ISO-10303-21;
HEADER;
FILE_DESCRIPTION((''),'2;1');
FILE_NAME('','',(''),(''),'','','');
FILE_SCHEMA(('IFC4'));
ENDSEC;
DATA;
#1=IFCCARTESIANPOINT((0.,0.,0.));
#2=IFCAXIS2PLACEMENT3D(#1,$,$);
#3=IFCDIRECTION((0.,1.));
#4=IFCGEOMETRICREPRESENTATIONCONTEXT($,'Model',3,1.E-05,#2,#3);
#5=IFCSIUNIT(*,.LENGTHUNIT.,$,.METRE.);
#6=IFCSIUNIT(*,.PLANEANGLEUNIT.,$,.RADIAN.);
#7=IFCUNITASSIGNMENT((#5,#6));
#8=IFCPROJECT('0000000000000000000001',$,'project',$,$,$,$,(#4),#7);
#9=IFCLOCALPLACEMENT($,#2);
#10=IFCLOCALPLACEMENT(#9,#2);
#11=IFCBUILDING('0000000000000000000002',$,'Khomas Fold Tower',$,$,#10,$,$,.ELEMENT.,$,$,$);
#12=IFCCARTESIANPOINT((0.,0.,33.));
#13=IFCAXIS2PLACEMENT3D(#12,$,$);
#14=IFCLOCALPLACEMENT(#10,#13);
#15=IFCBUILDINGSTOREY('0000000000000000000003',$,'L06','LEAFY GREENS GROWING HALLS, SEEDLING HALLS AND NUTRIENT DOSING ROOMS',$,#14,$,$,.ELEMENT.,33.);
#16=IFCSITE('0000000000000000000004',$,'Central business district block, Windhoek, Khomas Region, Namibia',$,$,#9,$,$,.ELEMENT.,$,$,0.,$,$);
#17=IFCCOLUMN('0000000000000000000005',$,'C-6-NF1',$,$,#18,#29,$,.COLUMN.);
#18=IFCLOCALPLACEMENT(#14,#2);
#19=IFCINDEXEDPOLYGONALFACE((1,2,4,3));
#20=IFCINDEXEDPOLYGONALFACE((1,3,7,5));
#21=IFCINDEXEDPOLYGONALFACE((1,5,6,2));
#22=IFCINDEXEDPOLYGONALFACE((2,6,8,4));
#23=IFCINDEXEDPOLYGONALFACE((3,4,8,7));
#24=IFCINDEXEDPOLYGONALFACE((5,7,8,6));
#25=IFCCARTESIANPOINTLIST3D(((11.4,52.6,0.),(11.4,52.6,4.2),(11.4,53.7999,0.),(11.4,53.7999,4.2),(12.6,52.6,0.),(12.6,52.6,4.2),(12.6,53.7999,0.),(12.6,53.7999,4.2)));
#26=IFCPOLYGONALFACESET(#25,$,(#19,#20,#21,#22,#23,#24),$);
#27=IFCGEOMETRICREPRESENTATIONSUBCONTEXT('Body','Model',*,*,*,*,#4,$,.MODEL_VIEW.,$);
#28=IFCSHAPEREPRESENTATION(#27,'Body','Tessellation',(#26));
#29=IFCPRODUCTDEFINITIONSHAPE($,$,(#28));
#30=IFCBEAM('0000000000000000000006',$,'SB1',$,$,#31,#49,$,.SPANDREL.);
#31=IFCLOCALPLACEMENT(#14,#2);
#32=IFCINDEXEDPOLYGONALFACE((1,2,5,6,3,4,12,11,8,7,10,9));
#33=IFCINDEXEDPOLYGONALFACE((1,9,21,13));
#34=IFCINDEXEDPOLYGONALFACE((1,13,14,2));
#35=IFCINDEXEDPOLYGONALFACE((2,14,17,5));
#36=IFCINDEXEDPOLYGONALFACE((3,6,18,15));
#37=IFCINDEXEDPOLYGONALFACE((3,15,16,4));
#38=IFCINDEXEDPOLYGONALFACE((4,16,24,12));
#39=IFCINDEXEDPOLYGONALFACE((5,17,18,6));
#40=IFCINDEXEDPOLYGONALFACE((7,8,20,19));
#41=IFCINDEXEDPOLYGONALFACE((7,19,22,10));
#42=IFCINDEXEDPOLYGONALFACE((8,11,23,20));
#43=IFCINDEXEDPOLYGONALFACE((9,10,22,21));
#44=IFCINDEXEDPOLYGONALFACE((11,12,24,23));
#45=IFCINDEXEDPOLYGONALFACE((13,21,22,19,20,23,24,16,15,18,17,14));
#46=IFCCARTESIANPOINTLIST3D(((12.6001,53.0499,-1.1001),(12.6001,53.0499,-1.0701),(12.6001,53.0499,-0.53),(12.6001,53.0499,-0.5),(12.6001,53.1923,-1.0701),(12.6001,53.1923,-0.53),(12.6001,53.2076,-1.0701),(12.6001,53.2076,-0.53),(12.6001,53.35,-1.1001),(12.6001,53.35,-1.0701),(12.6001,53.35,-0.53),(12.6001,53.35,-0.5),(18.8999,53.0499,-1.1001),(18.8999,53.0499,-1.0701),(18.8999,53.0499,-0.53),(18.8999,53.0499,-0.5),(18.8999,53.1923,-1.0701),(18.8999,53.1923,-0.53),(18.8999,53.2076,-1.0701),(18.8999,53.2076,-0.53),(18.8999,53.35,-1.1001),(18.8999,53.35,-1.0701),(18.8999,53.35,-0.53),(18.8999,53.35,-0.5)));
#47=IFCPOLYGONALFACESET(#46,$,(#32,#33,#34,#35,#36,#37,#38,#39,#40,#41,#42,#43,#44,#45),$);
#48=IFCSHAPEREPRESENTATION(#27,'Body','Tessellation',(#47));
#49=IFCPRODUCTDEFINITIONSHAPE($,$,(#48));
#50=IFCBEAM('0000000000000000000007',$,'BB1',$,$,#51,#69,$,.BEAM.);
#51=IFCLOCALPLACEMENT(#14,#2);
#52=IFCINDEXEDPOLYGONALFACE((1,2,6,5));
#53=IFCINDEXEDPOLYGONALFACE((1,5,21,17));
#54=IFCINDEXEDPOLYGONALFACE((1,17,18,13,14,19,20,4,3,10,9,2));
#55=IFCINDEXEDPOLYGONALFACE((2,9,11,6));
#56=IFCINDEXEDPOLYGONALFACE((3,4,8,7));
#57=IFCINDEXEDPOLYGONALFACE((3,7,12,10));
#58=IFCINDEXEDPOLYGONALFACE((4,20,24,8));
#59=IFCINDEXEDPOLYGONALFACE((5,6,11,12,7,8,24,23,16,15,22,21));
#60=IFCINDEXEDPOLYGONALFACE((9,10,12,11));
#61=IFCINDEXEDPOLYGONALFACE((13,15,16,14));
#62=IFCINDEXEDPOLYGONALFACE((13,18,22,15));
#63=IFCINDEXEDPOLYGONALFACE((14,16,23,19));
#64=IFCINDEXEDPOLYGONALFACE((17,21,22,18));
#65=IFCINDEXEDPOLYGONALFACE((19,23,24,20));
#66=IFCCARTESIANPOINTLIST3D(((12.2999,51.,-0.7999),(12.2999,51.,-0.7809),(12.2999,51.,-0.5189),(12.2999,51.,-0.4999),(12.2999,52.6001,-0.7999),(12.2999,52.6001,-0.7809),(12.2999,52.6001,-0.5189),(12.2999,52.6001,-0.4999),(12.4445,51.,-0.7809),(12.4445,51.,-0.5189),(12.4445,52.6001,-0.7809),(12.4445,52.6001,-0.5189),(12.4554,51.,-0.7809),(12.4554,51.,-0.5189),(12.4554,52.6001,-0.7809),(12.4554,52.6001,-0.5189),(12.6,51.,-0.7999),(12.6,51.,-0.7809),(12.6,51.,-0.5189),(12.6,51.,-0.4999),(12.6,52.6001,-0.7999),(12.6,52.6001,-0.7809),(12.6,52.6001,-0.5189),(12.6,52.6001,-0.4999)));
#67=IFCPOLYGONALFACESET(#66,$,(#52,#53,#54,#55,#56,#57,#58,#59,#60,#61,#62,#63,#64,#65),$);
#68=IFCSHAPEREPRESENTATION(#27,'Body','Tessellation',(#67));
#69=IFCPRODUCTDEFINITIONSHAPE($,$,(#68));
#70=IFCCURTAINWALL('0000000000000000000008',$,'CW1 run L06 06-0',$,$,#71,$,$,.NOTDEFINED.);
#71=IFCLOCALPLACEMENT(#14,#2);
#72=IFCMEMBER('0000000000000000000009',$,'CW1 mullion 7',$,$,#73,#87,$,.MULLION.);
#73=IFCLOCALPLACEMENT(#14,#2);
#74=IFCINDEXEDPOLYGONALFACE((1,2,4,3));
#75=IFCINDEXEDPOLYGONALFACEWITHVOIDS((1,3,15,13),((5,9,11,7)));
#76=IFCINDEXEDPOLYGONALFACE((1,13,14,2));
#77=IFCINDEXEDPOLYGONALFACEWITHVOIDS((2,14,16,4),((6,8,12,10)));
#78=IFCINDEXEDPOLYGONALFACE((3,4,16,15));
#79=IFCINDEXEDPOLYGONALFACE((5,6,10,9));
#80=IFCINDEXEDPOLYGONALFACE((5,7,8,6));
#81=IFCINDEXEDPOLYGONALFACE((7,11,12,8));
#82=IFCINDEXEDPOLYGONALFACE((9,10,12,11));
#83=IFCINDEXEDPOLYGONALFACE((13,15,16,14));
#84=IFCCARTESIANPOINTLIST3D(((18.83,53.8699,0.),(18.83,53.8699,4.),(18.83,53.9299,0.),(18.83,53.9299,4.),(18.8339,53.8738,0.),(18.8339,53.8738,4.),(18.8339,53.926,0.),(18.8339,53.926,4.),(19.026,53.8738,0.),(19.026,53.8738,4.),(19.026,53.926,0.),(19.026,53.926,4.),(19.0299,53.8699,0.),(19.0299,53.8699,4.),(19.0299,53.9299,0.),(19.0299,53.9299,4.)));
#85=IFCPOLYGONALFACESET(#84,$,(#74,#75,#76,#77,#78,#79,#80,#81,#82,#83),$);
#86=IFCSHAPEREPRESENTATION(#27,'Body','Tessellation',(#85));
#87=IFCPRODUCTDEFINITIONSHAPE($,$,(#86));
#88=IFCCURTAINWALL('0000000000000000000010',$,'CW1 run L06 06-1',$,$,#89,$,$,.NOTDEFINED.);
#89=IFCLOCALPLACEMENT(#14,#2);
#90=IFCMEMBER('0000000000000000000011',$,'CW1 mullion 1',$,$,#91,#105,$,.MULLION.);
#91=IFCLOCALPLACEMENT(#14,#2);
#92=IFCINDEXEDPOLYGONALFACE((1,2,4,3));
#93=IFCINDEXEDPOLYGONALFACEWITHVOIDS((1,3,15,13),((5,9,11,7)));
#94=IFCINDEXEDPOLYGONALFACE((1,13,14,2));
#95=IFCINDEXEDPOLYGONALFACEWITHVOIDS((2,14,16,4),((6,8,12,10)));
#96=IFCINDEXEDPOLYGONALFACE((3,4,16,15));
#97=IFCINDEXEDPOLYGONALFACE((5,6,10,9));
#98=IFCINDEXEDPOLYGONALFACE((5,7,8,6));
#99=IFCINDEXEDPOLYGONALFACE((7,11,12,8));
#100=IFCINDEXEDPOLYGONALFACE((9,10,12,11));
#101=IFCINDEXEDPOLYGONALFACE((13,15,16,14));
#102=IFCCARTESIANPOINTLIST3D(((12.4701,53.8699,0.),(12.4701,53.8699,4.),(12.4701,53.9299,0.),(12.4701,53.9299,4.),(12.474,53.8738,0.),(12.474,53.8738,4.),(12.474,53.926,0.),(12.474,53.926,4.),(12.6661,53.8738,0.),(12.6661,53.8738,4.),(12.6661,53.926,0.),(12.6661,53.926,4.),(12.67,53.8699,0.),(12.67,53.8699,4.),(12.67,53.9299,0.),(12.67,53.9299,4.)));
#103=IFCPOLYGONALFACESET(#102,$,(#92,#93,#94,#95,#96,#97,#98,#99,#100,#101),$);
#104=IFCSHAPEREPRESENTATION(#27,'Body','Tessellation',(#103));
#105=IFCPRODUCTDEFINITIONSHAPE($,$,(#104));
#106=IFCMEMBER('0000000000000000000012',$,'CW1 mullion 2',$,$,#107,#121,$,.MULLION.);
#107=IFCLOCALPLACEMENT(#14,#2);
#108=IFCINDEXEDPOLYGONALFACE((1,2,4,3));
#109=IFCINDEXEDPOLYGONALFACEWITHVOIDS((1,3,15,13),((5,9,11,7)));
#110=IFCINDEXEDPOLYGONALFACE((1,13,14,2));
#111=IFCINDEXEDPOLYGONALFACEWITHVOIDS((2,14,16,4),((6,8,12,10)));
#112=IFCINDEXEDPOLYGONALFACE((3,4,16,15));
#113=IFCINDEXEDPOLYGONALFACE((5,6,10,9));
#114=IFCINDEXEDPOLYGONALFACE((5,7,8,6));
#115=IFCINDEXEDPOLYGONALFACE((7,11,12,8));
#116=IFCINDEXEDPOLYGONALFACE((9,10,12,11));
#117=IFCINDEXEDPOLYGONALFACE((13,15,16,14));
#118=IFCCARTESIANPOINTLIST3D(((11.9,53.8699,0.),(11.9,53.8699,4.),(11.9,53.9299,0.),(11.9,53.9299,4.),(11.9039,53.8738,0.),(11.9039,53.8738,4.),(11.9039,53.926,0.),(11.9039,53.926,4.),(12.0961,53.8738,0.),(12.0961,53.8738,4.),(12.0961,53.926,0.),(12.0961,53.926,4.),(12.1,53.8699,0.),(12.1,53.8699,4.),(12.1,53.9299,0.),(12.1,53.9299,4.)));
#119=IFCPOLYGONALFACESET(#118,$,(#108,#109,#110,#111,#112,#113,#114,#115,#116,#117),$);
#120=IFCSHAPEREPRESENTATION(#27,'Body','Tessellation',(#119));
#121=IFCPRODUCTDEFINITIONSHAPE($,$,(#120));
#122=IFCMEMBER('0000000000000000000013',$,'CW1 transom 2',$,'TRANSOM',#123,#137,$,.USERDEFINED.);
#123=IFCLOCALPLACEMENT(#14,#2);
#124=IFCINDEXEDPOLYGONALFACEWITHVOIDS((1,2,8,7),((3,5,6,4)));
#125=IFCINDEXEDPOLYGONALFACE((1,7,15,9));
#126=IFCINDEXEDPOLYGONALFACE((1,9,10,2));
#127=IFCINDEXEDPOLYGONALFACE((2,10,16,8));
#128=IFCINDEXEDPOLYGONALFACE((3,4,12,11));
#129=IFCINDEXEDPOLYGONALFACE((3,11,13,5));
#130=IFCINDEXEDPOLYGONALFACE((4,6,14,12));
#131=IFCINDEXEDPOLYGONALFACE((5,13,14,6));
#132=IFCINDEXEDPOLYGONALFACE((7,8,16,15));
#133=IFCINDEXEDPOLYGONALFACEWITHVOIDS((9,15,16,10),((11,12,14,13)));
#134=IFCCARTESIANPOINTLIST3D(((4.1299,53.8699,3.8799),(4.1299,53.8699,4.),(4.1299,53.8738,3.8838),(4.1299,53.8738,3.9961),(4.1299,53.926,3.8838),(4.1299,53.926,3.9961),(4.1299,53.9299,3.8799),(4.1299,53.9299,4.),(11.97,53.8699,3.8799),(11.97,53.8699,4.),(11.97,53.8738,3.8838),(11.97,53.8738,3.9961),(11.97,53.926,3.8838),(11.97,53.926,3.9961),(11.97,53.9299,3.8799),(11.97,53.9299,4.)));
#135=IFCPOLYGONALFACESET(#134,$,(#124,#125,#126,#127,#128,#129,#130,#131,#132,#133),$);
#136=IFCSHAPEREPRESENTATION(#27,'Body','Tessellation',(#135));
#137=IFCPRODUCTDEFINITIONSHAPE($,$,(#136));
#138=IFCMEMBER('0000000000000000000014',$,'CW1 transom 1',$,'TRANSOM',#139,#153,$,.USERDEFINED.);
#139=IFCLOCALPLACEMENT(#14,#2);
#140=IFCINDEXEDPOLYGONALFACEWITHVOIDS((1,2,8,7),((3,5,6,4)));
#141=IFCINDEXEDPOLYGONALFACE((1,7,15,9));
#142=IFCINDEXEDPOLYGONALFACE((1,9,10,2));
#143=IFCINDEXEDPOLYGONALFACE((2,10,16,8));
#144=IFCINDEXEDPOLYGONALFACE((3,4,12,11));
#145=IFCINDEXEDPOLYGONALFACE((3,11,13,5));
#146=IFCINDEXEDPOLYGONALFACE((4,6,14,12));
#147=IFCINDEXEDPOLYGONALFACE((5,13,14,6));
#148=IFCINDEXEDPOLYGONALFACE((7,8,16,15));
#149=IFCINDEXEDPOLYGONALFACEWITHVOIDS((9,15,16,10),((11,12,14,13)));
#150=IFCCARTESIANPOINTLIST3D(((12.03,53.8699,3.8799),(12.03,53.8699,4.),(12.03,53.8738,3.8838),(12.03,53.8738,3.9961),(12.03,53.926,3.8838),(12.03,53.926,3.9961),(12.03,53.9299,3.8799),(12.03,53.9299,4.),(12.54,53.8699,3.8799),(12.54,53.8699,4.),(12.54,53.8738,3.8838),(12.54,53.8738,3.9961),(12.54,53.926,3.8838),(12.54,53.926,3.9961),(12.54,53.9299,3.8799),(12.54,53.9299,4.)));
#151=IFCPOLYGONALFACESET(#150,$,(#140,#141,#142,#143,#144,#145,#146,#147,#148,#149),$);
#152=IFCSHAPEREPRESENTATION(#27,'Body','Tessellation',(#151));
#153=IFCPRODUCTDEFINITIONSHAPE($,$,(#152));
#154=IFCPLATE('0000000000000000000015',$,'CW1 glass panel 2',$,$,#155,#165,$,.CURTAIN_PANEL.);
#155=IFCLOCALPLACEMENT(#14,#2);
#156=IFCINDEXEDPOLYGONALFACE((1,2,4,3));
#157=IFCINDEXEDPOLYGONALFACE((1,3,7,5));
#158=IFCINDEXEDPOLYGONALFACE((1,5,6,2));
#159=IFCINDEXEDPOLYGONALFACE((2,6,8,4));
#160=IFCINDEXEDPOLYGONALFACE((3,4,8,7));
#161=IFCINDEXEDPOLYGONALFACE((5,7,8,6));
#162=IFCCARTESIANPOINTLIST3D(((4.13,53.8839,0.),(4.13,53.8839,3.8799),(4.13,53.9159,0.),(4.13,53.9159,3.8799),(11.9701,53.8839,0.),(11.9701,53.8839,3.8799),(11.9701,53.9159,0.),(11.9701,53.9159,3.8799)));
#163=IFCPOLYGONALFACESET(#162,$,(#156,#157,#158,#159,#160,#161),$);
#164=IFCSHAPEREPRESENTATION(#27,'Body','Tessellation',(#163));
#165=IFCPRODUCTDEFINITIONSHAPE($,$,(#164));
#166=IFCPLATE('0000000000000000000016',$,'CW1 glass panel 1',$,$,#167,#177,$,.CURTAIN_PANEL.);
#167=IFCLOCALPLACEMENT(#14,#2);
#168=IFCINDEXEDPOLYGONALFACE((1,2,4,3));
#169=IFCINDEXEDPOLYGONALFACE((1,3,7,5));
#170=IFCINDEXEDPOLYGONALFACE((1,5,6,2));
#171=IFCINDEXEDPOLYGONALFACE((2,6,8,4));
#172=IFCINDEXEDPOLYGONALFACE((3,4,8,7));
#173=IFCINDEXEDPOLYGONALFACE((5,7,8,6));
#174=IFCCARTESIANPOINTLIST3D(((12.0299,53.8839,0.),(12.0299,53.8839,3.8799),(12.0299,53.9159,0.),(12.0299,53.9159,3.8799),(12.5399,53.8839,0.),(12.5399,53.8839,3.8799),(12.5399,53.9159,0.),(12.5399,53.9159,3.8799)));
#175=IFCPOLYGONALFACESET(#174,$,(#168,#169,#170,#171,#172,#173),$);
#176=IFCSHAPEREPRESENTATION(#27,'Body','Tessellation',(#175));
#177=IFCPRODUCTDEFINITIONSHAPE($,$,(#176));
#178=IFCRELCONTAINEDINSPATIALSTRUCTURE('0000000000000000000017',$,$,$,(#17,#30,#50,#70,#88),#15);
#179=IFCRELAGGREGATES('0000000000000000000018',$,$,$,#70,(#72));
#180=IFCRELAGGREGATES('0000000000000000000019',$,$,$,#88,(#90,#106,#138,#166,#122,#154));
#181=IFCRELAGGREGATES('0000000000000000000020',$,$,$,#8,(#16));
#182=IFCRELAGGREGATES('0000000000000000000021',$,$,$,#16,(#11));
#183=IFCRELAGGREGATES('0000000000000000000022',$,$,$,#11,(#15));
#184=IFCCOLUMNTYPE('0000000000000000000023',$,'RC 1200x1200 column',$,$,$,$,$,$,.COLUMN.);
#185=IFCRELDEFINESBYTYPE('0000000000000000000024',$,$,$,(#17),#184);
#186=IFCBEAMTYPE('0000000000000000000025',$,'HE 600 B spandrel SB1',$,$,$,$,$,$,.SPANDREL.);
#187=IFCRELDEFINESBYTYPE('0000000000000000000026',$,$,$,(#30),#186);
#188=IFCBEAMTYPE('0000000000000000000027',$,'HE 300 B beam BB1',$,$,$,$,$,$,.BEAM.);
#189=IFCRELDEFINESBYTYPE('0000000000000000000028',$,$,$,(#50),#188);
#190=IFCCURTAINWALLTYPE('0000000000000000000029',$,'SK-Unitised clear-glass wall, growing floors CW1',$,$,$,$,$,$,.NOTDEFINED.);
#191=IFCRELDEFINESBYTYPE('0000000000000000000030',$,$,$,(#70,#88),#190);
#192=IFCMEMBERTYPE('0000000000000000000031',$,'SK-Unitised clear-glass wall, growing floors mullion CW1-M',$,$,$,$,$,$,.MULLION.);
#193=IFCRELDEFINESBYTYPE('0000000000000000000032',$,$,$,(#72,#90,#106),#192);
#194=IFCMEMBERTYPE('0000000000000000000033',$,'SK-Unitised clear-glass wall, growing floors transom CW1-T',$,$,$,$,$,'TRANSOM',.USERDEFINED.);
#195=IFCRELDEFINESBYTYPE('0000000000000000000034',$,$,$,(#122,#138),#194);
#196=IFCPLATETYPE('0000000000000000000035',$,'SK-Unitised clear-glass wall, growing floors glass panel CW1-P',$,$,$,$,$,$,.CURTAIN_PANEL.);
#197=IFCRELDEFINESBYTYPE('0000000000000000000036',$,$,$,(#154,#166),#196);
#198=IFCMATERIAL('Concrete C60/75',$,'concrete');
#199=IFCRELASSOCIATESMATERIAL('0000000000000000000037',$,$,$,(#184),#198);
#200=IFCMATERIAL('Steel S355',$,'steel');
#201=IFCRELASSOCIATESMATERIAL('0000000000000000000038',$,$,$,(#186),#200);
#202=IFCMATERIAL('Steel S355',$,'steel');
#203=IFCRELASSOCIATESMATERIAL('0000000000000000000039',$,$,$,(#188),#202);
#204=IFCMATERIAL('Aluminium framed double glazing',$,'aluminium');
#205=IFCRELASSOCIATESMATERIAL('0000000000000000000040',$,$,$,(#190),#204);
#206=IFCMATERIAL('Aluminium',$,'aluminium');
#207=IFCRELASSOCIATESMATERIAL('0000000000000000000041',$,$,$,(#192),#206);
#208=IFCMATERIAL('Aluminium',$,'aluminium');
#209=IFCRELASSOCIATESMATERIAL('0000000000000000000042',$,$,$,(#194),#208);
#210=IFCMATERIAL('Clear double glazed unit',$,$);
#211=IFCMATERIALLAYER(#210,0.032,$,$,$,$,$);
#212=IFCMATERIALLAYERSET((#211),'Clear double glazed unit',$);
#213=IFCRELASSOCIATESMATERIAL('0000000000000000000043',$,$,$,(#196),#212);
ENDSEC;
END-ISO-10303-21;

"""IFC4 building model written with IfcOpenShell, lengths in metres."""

from ifc_helpers import new_model, si_unit, direction, frame, origin, origin_2d, place, context, subcontext, project, spatial, rectangle, hollow_rectangle, i_section, extrude, source, transform, mapped, material, layer, layer_set, material_profile, profile_set, type_object, element, aggregate, save


model = new_model("IFC4")

# Units and contexts
model_context = context("Model", 3, precision=1e-05, world=origin(), true_north=direction((0.0, 1.0)))
body_context = subcontext(model_context, "Body", "Model", "MODEL_VIEW")
ifc_project = project(units=[si_unit("LENGTHUNIT", "METRE"), si_unit("PLANEANGLEUNIT", "RADIAN")], contexts=[model_context])

# Site, building, storey
site_placement = place(None, origin())
site = spatial("IfcSite", under=ifc_project, at=site_placement, Name="Central business district block, Windhoek, Khomas Region, Namibia", CompositionType="ELEMENT", RefElevation=0.0)
building_placement = place(site_placement, origin())
building = spatial("IfcBuilding", under=site, at=building_placement, Name="Khomas Fold Tower", CompositionType="ELEMENT")
storey_placement = place(building_placement, frame((0.0, 0.0, 33.0)))
storey = spatial("IfcBuildingStorey", under=building, at=storey_placement, Name="L06", Description="LEAFY GREENS GROWING HALLS, SEEDLING HALLS AND NUTRIENT DOSING ROOMS", CompositionType="ELEMENT", Elevation=33.0)

# Column
ifc_material_1 = material(Name="Concrete C60/75", Category="concrete")
ifc_material_profile_1 = material_profile(ifc_material_1, rectangle(XDim=1.2, YDim=1.2, at=origin_2d()), Name="RC 1200x1200")
ifc_profile_set_1 = profile_set([ifc_material_profile_1], Name="Concrete C60/75")
column_type = type_object("IfcColumnType", Name="RC 1200x1200 column", PredefinedType="COLUMN", material=ifc_profile_set_1)
shared_shape_1 = source(origin(), body_context, "Body", "SweptSolid", [
    extrude(rectangle(XDim=1.2, YDim=1.2, at=origin_2d()), origin(), (0.0, 0.0, 1.0), 4.2),
])
column_placement = place(storey_placement, frame((12.0, 53.2, 0.0), z_axis=(0.0, 0.0, 1.0), x_axis=(1.0, 0.0, 0.0)))
element("IfcColumn", 1, at=column_placement, inside=storey, type_object=column_type, Name="C-6-NF1", PredefinedType="COLUMN", context=body_context, shape_type="MappedRepresentation", body=[
    mapped(shared_shape_1, transform((0.0, 0.0, 0.0))),
])

# Beams
ifc_material_2 = material(Name="Steel S355", Category="steel")
ifc_material_profile_2 = material_profile(ifc_material_2, i_section(OverallWidth=0.3, OverallDepth=0.6001, WebThickness=0.0154, FlangeThickness=0.03, at=origin_2d()), Name="HE 600 B")
ifc_profile_set_2 = profile_set([ifc_material_profile_2], Name="Steel S355")
beam_type_1 = type_object("IfcBeamType", Name="HE 600 B spandrel SB1", PredefinedType="SPANDREL", material=ifc_profile_set_2)
shared_shape_2 = source(origin(), body_context, "Body", "SweptSolid", [
    extrude(i_section(OverallWidth=0.3, OverallDepth=0.6001, WebThickness=0.0154, FlangeThickness=0.03, at=origin_2d()), origin(), (0.0, 0.0, 1.0), 6.2998),
])
beam_1_placement = place(storey_placement, frame((12.6001, 53.2, -0.8), z_axis=(1.0, 0.0, 0.0), x_axis=(0.0, 1.0, 0.0)))
element("IfcBeam", 2, at=beam_1_placement, inside=storey, type_object=beam_type_1, Name="SB1", PredefinedType="SPANDREL", context=body_context, shape_type="MappedRepresentation", body=[
    mapped(shared_shape_2, transform((0.0, 0.0, 0.0))),
])
ifc_material_3 = material(Name="Steel S355", Category="steel")
ifc_material_profile_3 = material_profile(ifc_material_3, i_section(OverallWidth=0.3, OverallDepth=0.3, WebThickness=0.011, FlangeThickness=0.019, at=origin_2d()), Name="HE 300 B")
ifc_profile_set_3 = profile_set([ifc_material_profile_3], Name="Steel S355")
beam_type_2 = type_object("IfcBeamType", Name="HE 300 B beam BB1", PredefinedType="BEAM", material=ifc_profile_set_3)
shared_shape_3 = source(origin(), body_context, "Body", "SweptSolid", [
    extrude(i_section(OverallWidth=0.3, OverallDepth=0.3, WebThickness=0.011, FlangeThickness=0.019, at=origin_2d()), origin(), (0.0, 0.0, 1.0), 1.6001),
])
beam_2_placement = place(storey_placement, frame((12.45, 51.0, -0.6499), z_axis=(0.0, 1.0, 0.0), x_axis=(-1.0, 0.0, 0.0)))
element("IfcBeam", 3, at=beam_2_placement, inside=storey, type_object=beam_type_2, Name="BB1", PredefinedType="BEAM", context=body_context, shape_type="MappedRepresentation", body=[
    mapped(shared_shape_3, transform((0.0, 0.0, 0.0))),
])

# Curtain wall, member
ifc_material_4 = material(Name="Aluminium framed double glazing", Category="aluminium")
curtain_wall_type = type_object("IfcCurtainWallType", Name="SK-Unitised clear-glass wall, growing floors CW1", PredefinedType="NOTDEFINED", material=ifc_material_4)
curtain_wall_1_placement = place(storey_placement, origin())
curtain_wall_1 = element("IfcCurtainWall", 4, at=curtain_wall_1_placement, inside=storey, type_object=curtain_wall_type, Name="CW1 run L06 06-0", PredefinedType="NOTDEFINED")
ifc_material_5 = material(Name="Aluminium", Category="aluminium")
ifc_material_profile_4 = material_profile(ifc_material_5, hollow_rectangle(XDim=0.0601, YDim=0.2, WallThickness=0.0039, at=origin_2d()), Name="SK-Unitised clear-glass wall, growing floors mullion CW1-M")
ifc_profile_set_4 = profile_set([ifc_material_profile_4], Name="Aluminium")
member_type_1 = type_object("IfcMemberType", Name="SK-Unitised clear-glass wall, growing floors mullion CW1-M", PredefinedType="MULLION", material=ifc_profile_set_4)
shared_shape_4 = source(origin(), body_context, "Body", "SweptSolid", [
    extrude(hollow_rectangle(XDim=0.0601, YDim=0.2, WallThickness=0.0039, at=origin_2d()), origin(), (0.0, 0.0, 1.0), 4.0),
])
member_1_placement = place(storey_placement, frame((18.9299, 53.8999, 0.0), z_axis=(0.0, 0.0, 1.0), x_axis=(0.0, -1.0, 0.0)))
member_1 = element("IfcMember", 5, at=member_1_placement, type_object=member_type_1, Name="CW1 mullion 7", PredefinedType="MULLION", context=body_context, shape_type="MappedRepresentation", body=[
    mapped(shared_shape_4, transform((0.0, 0.0, 0.0))),
])
aggregate(curtain_wall_1, [member_1])

# Curtain wall, members, plates
curtain_wall_2_placement = place(storey_placement, origin())
curtain_wall_2 = element("IfcCurtainWall", 6, at=curtain_wall_2_placement, inside=storey, type_object=curtain_wall_type, Name="CW1 run L06 06-1", PredefinedType="NOTDEFINED")
member_2_placement = place(storey_placement, frame((12.5701, 53.8999, 0.0), z_axis=(0.0, 0.0, 1.0), x_axis=(0.0, -1.0, 0.0)))
member_2 = element("IfcMember", 7, at=member_2_placement, type_object=member_type_1, Name="CW1 mullion 1", PredefinedType="MULLION", context=body_context, shape_type="MappedRepresentation", body=[
    mapped(shared_shape_4, transform((0.0, 0.0, 0.0))),
])
member_3_placement = place(storey_placement, frame((12.0, 53.8999, 0.0), z_axis=(0.0, 0.0, 1.0), x_axis=(0.0, -1.0, 0.0)))
member_3 = element("IfcMember", 8, at=member_3_placement, type_object=member_type_1, Name="CW1 mullion 2", PredefinedType="MULLION", context=body_context, shape_type="MappedRepresentation", body=[
    mapped(shared_shape_4, transform((0.0, 0.0, 0.0))),
])
ifc_material_6 = material(Name="Aluminium", Category="aluminium")
ifc_material_profile_5 = material_profile(ifc_material_6, hollow_rectangle(XDim=0.0601, YDim=0.1201, WallThickness=0.0039, at=origin_2d()), Name="SK-Unitised clear-glass wall, growing floors transom CW1-T")
ifc_profile_set_5 = profile_set([ifc_material_profile_5], Name="Aluminium")
member_type_2 = type_object("IfcMemberType", Name="SK-Unitised clear-glass wall, growing floors transom CW1-T", ElementType="TRANSOM", PredefinedType="USERDEFINED", material=ifc_profile_set_5)
shared_shape_5 = source(origin(), body_context, "Body", "SweptSolid", [
    extrude(hollow_rectangle(XDim=0.0601, YDim=0.1201, WallThickness=0.0039, at=origin_2d()), origin(), (0.0, 0.0, 1.0), 7.8401),
])
member_4_placement = place(storey_placement, frame((11.97, 53.8999, 3.9399), z_axis=(-1.0, 0.0, 0.0), x_axis=(0.0, -1.0, 0.0)))
member_4 = element("IfcMember", 9, at=member_4_placement, type_object=member_type_2, Name="CW1 transom 2", ObjectType="TRANSOM", PredefinedType="USERDEFINED", context=body_context, shape_type="MappedRepresentation", body=[
    mapped(shared_shape_5, transform((0.0, 0.0, 0.0))),
])
shared_shape_6 = source(origin(), body_context, "Body", "SweptSolid", [
    extrude(hollow_rectangle(XDim=0.0601, YDim=0.1201, WallThickness=0.0039, at=origin_2d()), origin(), (0.0, 0.0, 1.0), 0.51),
])
member_5_placement = place(storey_placement, frame((12.54, 53.8999, 3.9399), z_axis=(-1.0, 0.0, 0.0), x_axis=(0.0, -1.0, 0.0)))
member_5 = element("IfcMember", 10, at=member_5_placement, type_object=member_type_2, Name="CW1 transom 1", ObjectType="TRANSOM", PredefinedType="USERDEFINED", context=body_context, shape_type="MappedRepresentation", body=[
    mapped(shared_shape_6, transform((0.0, 0.0, 0.0))),
])
ifc_material_7 = material(Name="Clear double glazed unit")
ifc_layer_1 = layer(ifc_material_7, 0.032)
ifc_layer_set_1 = layer_set([ifc_layer_1], Name="Clear double glazed unit")
plate_type = type_object("IfcPlateType", Name="SK-Unitised clear-glass wall, growing floors glass panel CW1-P", PredefinedType="CURTAIN_PANEL", material=ifc_layer_set_1)
shared_shape_7 = source(origin(), body_context, "Body", "SweptSolid", [
    extrude(rectangle(XDim=7.8401, YDim=0.032, at=origin_2d()), origin(), (0.0, 0.0, 1.0), 3.8799),
])
plate_1_placement = place(storey_placement, frame((8.05, 53.8999, 0.0), z_axis=(0.0, 0.0, 1.0), x_axis=(-1.0, 0.0, 0.0)))
plate_1 = element("IfcPlate", 11, at=plate_1_placement, type_object=plate_type, Name="CW1 glass panel 2", PredefinedType="CURTAIN_PANEL", context=body_context, shape_type="MappedRepresentation", body=[
    mapped(shared_shape_7, transform((0.0, 0.0, 0.0))),
])
shared_shape_8 = source(origin(), body_context, "Body", "SweptSolid", [
    extrude(rectangle(XDim=0.51, YDim=0.032, at=origin_2d()), origin(), (0.0, 0.0, 1.0), 3.8799),
])
plate_2_placement = place(storey_placement, frame((12.2849, 53.8999, 0.0), z_axis=(0.0, 0.0, 1.0), x_axis=(-1.0, 0.0, 0.0)))
plate_2 = element("IfcPlate", 12, at=plate_2_placement, type_object=plate_type, Name="CW1 glass panel 1", PredefinedType="CURTAIN_PANEL", context=body_context, shape_type="MappedRepresentation", body=[
    mapped(shared_shape_8, transform((0.0, 0.0, 0.0))),
])
aggregate(curtain_wall_2, [member_2, member_3, member_5, plate_2, member_4, plate_1])

save(model, "model.ifc")
